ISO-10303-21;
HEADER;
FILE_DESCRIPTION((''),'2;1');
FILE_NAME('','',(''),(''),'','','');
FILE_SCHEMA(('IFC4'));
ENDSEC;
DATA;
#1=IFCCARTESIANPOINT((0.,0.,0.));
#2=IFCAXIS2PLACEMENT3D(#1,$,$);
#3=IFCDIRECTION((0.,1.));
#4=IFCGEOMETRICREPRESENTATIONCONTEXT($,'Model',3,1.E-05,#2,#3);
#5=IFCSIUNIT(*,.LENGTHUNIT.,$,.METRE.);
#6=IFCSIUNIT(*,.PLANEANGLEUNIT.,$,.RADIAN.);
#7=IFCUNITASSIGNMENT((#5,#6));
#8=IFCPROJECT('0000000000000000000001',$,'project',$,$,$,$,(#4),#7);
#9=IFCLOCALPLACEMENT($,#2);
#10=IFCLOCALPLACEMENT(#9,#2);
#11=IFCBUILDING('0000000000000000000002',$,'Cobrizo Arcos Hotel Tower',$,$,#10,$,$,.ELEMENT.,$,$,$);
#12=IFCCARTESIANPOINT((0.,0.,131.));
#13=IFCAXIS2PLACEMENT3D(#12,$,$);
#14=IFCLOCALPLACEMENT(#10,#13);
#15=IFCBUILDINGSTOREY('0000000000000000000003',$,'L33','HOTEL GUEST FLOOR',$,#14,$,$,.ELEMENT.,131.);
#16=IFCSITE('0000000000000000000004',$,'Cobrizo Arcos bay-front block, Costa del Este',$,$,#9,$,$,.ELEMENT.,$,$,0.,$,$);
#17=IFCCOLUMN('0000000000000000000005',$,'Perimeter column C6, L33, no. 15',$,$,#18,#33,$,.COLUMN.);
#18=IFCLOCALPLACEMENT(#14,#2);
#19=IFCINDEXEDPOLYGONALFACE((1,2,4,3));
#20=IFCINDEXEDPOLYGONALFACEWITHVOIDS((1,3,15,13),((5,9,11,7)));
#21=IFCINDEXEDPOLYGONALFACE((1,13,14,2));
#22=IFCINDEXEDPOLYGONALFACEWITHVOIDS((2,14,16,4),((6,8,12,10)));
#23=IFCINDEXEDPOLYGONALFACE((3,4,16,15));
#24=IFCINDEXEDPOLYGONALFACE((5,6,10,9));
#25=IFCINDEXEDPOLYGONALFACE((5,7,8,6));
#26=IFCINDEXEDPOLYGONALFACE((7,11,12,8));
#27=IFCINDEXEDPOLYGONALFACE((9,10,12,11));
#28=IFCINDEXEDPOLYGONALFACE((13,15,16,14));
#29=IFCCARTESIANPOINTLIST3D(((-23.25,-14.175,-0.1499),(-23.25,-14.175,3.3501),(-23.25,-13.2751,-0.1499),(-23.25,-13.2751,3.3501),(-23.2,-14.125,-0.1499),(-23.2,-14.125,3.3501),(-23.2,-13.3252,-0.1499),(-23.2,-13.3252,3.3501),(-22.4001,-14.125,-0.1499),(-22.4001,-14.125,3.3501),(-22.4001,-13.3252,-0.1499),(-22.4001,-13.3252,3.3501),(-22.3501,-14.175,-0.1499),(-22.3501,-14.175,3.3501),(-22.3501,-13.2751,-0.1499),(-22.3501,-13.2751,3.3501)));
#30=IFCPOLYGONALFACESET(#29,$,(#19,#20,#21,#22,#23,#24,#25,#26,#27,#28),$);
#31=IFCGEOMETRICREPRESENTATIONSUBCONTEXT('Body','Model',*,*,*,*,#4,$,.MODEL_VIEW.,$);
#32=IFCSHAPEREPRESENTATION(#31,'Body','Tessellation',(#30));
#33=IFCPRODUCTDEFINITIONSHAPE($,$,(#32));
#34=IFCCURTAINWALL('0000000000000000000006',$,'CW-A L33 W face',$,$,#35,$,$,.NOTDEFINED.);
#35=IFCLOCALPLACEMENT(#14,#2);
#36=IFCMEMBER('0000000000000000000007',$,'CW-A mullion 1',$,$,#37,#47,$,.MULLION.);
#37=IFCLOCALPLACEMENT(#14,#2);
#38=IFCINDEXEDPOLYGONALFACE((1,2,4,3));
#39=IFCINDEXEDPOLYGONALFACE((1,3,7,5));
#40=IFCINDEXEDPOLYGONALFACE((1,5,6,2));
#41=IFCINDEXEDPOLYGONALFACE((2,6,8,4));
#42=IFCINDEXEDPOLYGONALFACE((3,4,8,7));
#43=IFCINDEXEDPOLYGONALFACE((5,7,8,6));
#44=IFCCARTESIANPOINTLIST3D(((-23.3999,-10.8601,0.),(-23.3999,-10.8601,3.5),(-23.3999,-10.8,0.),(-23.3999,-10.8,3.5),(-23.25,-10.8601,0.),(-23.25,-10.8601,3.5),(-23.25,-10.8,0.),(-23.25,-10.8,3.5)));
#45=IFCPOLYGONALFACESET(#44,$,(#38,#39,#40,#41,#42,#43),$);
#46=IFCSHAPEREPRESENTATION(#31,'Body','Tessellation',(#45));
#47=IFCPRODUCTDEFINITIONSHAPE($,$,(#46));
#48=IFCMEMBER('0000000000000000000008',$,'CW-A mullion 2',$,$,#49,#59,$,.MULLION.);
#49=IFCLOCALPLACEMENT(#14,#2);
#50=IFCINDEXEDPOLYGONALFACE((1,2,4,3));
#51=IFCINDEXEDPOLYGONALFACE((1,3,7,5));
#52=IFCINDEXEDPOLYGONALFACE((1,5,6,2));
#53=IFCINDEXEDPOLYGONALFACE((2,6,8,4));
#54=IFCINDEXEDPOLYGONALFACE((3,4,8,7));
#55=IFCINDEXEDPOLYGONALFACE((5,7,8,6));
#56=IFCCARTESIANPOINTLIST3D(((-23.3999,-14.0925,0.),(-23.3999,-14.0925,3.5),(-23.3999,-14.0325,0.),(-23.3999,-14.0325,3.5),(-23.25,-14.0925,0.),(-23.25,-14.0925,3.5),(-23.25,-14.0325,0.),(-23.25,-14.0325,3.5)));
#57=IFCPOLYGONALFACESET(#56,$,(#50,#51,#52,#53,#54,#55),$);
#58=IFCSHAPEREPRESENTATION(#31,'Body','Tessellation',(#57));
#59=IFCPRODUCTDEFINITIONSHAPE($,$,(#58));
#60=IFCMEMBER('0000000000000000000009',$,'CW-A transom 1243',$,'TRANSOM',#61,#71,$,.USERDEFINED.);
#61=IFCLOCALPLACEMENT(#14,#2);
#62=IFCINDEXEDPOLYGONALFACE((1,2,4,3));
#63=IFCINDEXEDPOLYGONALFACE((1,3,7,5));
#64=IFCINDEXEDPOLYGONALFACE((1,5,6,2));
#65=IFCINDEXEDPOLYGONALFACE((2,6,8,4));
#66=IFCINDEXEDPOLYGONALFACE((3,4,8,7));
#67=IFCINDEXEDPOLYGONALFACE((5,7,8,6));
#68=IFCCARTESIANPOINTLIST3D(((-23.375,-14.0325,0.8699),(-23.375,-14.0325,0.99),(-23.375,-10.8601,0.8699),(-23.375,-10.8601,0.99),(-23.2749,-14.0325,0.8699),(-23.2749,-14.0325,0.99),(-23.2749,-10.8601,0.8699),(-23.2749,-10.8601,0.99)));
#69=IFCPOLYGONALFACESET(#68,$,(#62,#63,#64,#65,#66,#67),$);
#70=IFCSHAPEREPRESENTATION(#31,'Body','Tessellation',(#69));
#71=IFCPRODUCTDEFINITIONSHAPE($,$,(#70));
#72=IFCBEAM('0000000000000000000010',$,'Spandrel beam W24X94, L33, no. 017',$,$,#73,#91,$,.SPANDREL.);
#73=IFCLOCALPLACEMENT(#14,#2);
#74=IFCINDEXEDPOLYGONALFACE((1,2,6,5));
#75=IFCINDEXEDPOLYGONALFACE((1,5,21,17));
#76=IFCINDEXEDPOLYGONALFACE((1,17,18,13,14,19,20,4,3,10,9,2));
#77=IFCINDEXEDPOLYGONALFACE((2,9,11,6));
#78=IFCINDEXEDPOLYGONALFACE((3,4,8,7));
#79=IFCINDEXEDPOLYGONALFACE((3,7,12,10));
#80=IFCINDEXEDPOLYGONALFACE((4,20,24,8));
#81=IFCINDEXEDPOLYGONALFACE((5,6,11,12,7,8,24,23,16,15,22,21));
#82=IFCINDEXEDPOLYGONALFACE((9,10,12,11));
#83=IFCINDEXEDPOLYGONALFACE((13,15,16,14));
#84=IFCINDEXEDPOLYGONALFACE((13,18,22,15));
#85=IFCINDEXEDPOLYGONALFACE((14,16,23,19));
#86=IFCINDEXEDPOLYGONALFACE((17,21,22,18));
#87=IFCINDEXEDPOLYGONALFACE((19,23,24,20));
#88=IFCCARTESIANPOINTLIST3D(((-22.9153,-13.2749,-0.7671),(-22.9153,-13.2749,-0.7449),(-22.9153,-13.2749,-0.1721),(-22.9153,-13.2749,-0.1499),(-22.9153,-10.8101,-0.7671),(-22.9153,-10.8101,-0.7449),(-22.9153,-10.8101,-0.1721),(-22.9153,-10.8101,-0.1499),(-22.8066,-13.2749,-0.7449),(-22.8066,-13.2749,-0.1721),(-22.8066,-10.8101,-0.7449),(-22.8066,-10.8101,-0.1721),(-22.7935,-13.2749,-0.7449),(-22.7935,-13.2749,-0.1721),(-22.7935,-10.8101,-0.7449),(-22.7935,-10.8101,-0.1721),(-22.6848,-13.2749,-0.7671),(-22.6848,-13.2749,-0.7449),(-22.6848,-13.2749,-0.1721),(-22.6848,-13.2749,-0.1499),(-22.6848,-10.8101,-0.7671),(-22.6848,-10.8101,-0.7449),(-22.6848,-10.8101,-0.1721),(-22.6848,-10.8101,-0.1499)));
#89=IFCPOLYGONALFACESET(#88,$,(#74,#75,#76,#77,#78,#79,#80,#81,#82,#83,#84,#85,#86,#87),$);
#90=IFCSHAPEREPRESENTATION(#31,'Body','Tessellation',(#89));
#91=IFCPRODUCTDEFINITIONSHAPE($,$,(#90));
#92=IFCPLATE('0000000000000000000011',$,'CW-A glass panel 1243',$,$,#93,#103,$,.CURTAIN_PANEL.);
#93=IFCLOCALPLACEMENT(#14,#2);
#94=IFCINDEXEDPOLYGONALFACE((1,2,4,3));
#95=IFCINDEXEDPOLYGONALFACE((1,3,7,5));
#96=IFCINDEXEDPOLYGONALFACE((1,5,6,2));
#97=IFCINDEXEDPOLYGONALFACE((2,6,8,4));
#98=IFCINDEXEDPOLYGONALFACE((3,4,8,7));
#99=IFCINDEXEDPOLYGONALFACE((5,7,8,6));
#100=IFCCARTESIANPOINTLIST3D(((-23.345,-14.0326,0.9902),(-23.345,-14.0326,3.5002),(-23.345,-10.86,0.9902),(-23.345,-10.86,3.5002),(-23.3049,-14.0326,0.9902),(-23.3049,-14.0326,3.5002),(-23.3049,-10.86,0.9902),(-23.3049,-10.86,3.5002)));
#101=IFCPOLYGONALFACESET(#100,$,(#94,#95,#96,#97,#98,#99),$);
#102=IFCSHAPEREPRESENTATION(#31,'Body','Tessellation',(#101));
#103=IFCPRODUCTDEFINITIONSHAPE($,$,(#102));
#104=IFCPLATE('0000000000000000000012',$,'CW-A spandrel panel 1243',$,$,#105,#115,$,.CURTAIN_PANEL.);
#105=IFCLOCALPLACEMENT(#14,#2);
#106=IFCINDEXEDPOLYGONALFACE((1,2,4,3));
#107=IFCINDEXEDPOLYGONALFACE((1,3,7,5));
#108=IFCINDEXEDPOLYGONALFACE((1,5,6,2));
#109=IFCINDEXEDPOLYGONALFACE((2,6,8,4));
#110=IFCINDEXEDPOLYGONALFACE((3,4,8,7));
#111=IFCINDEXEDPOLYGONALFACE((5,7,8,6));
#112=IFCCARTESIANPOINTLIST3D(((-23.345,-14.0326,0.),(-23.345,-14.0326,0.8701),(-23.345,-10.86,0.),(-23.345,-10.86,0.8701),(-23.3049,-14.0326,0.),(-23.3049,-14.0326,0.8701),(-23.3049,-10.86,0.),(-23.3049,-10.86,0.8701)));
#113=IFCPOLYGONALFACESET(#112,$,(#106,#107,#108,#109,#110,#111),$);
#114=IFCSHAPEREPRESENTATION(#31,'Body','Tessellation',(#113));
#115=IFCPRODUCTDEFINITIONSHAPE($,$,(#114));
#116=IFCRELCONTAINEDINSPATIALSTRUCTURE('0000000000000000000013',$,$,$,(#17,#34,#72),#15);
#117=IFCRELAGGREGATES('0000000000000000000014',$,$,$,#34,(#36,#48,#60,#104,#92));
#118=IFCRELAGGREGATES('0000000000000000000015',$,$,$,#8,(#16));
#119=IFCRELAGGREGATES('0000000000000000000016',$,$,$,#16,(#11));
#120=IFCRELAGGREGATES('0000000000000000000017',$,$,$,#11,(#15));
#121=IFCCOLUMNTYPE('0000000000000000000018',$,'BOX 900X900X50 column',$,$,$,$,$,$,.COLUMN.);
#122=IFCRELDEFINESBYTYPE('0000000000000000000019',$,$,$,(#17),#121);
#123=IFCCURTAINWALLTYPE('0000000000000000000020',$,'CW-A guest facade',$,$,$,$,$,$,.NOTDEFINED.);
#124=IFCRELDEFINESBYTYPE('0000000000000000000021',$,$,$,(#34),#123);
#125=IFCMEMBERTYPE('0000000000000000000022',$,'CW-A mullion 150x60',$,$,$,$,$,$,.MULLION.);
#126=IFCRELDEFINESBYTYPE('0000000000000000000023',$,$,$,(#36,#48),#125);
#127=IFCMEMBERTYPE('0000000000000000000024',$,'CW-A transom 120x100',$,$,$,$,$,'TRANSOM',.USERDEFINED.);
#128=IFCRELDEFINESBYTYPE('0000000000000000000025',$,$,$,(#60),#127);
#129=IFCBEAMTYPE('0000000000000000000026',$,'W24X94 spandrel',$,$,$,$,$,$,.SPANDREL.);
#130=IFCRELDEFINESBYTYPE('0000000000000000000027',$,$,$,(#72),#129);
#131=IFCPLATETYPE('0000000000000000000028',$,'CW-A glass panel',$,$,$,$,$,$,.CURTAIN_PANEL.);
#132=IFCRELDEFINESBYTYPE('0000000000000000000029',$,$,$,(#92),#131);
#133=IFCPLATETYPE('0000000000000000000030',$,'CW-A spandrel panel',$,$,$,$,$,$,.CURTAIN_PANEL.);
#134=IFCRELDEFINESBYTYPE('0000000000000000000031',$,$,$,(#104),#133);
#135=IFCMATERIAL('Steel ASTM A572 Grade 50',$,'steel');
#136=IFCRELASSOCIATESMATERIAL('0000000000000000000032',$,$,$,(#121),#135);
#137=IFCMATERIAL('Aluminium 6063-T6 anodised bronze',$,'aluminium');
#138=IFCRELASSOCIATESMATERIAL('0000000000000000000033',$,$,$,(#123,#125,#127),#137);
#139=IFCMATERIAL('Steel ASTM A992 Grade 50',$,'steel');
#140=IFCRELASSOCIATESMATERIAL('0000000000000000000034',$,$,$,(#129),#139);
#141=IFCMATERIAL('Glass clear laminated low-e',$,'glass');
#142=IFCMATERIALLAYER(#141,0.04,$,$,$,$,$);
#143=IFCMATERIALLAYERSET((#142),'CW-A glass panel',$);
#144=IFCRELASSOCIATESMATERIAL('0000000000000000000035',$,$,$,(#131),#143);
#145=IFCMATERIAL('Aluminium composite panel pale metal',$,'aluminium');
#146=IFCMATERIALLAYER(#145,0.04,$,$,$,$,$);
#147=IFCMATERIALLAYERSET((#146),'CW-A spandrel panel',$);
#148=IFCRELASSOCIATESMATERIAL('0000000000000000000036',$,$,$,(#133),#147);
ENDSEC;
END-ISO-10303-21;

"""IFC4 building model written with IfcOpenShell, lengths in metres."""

from ifc_helpers import new_model, si_unit, direction, frame, origin, origin_2d, place, context, subcontext, project, spatial, rectangle, hollow_rectangle, i_section, extrude, material, layer, layer_set, material_profile, profile_set, type_object, element, aggregate, save


model = new_model("IFC4")

# Units and contexts
model_context = context("Model", 3, precision=1e-05, world=origin(), true_north=direction((0.0, 1.0)))
body_context = subcontext(model_context, "Body", "Model", "MODEL_VIEW")
ifc_project = project(units=[si_unit("LENGTHUNIT", "METRE"), si_unit("PLANEANGLEUNIT", "RADIAN")], contexts=[model_context])

# Site, building, storey
site_placement = place(None, origin())
site = spatial("IfcSite", under=ifc_project, at=site_placement, Name="Cobrizo Arcos bay-front block, Costa del Este", CompositionType="ELEMENT", RefElevation=0.0)
building_placement = place(site_placement, origin())
building = spatial("IfcBuilding", under=site, at=building_placement, Name="Cobrizo Arcos Hotel Tower", CompositionType="ELEMENT")
storey_placement = place(building_placement, frame((0.0, 0.0, 131.0)))
storey = spatial("IfcBuildingStorey", under=building, at=storey_placement, Name="L33", Description="HOTEL GUEST FLOOR", CompositionType="ELEMENT", Elevation=131.0)

# Column
ifc_material_1 = material(Name="Steel ASTM A572 Grade 50", Category="steel")
ifc_material_profile_1 = material_profile(ifc_material_1, hollow_rectangle(XDim=0.8999, YDim=0.8999, WallThickness=0.05, at=origin_2d()), Name="BOX 900X900X50")
ifc_profile_set_1 = profile_set([ifc_material_profile_1], Name="Steel ASTM A572 Grade 50")
column_type = type_object("IfcColumnType", Name="BOX 900X900X50 column", PredefinedType="COLUMN", material=ifc_profile_set_1)
column_placement = place(storey_placement, frame((-22.8, -13.7251, -0.1499), z_axis=(0.0, 0.0, 1.0), x_axis=(1.0, 0.0, 0.0)))
element("IfcColumn", 1, at=column_placement, inside=storey, type_object=column_type, Name="Perimeter column C6, L33, no. 15", PredefinedType="COLUMN", context=body_context, shape_type="SweptSolid", body=[
    extrude(hollow_rectangle(XDim=0.8999, YDim=0.8999, WallThickness=0.05, at=origin_2d()), origin(), (0.0, 0.0, 1.0), 3.5),
])

# Curtain wall, members
ifc_material_2 = material(Name="Aluminium 6063-T6 anodised bronze", Category="aluminium")
curtain_wall_type = type_object("IfcCurtainWallType", Name="CW-A guest facade", PredefinedType="NOTDEFINED", material=ifc_material_2)
curtain_wall_placement = place(storey_placement, origin())
curtain_wall = element("IfcCurtainWall", 2, at=curtain_wall_placement, inside=storey, type_object=curtain_wall_type, Name="CW-A L33 W face", PredefinedType="NOTDEFINED")
ifc_material_profile_2 = material_profile(ifc_material_2, rectangle(XDim=0.1499, YDim=0.0601, at=origin_2d()), Name="CW-A mullion 150x60")
ifc_profile_set_2 = profile_set([ifc_material_profile_2], Name="Aluminium 6063-T6 anodised bronze")
member_type_1 = type_object("IfcMemberType", Name="CW-A mullion 150x60", PredefinedType="MULLION", material=ifc_profile_set_2)
member_1_placement = place(storey_placement, frame((-23.325, -10.8301, 0.0), z_axis=(0.0, 0.0, 1.0), x_axis=(-1.0, 0.0, 0.0)))
member_1 = element("IfcMember", 3, at=member_1_placement, type_object=member_type_1, Name="CW-A mullion 1", PredefinedType="MULLION", context=body_context, shape_type="SweptSolid", body=[
    extrude(rectangle(XDim=0.1499, YDim=0.0601, at=origin_2d()), origin(), (0.0, 0.0, 1.0), 3.5),
])
member_2_placement = place(storey_placement, frame((-23.325, -14.0625, 0.0), z_axis=(0.0, 0.0, 1.0), x_axis=(-1.0, 0.0, 0.0)))
member_2 = element("IfcMember", 4, at=member_2_placement, type_object=member_type_1, Name="CW-A mullion 2", PredefinedType="MULLION", context=body_context, shape_type="SweptSolid", body=[
    extrude(rectangle(XDim=0.1499, YDim=0.0601, at=origin_2d()), origin(), (0.0, 0.0, 1.0), 3.5),
])
ifc_material_profile_3 = material_profile(ifc_material_2, rectangle(XDim=0.1001, YDim=0.1201, at=origin_2d()), Name="CW-A transom 120x100")
ifc_profile_set_3 = profile_set([ifc_material_profile_3], Name="Aluminium 6063-T6 anodised bronze")
member_type_2 = type_object("IfcMemberType", Name="CW-A transom 120x100", ElementType="TRANSOM", PredefinedType="USERDEFINED", material=ifc_profile_set_3)
member_3_placement = place(storey_placement, frame((-23.325, -10.8601, 0.9299), z_axis=(0.0, -1.0, 0.0), x_axis=(1.0, 0.0, 0.0)))
member_3 = element("IfcMember", 5, at=member_3_placement, type_object=member_type_2, Name="CW-A transom 1243", ObjectType="TRANSOM", PredefinedType="USERDEFINED", context=body_context, shape_type="SweptSolid", body=[
    extrude(rectangle(XDim=0.1001, YDim=0.1201, at=origin_2d()), origin(), (0.0, 0.0, 1.0), 3.1724),
])

# Beam
ifc_material_3 = material(Name="Steel ASTM A992 Grade 50", Category="steel")
ifc_material_profile_4 = material_profile(ifc_material_3, i_section(OverallWidth=0.2305, OverallDepth=0.6172, WebThickness=0.0132, FlangeThickness=0.0222, at=origin_2d()), Name="W24X94")
ifc_profile_set_4 = profile_set([ifc_material_profile_4], Name="Steel ASTM A992 Grade 50")
beam_type = type_object("IfcBeamType", Name="W24X94 spandrel", PredefinedType="SPANDREL", material=ifc_profile_set_4)
beam_placement = place(storey_placement, frame((-22.8, -13.2749, -0.4585), z_axis=(0.0, 1.0, 0.0), x_axis=(-1.0, 0.0, 0.0)))
element("IfcBeam", 6, at=beam_placement, inside=storey, type_object=beam_type, Name="Spandrel beam W24X94, L33, no. 017", PredefinedType="SPANDREL", context=body_context, shape_type="SweptSolid", body=[
    extrude(i_section(OverallWidth=0.2305, OverallDepth=0.6172, WebThickness=0.0132, FlangeThickness=0.0222, at=origin_2d()), origin(), (0.0, 0.0, 1.0), 2.4648),
])

# Plates
ifc_material_4 = material(Name="Glass clear laminated low-e", Category="glass")
ifc_layer_1 = layer(ifc_material_4, 0.04)
ifc_layer_set_1 = layer_set([ifc_layer_1], Name="CW-A glass panel")
plate_type_1 = type_object("IfcPlateType", Name="CW-A glass panel", PredefinedType="CURTAIN_PANEL", material=ifc_layer_set_1)
plate_1_placement = place(storey_placement, frame((-23.325, -12.4463, 0.9902), z_axis=(0.0, 0.0, 1.0), x_axis=(0.0, -1.0, 0.0)))
plate_1 = element("IfcPlate", 7, at=plate_1_placement, type_object=plate_type_1, Name="CW-A glass panel 1243", PredefinedType="CURTAIN_PANEL", context=body_context, shape_type="SweptSolid", body=[
    extrude(rectangle(XDim=3.1726, YDim=0.04, at=origin_2d()), origin(), (0.0, 0.0, 1.0), 2.51),
])
ifc_material_5 = material(Name="Aluminium composite panel pale metal", Category="aluminium")
ifc_layer_2 = layer(ifc_material_5, 0.04)
ifc_layer_set_2 = layer_set([ifc_layer_2], Name="CW-A spandrel panel")
plate_type_2 = type_object("IfcPlateType", Name="CW-A spandrel panel", PredefinedType="CURTAIN_PANEL", material=ifc_layer_set_2)
plate_2_placement = place(storey_placement, frame((-23.325, -12.4463, 0.0), z_axis=(0.0, 0.0, 1.0), x_axis=(0.0, -1.0, 0.0)))
plate_2 = element("IfcPlate", 8, at=plate_2_placement, type_object=plate_type_2, Name="CW-A spandrel panel 1243", PredefinedType="CURTAIN_PANEL", context=body_context, shape_type="SweptSolid", body=[
    extrude(rectangle(XDim=3.1726, YDim=0.04, at=origin_2d()), origin(), (0.0, 0.0, 1.0), 0.8701),
])
aggregate(curtain_wall, [member_1, member_2, member_3, plate_2, plate_1])

save(model, "model.ifc")
